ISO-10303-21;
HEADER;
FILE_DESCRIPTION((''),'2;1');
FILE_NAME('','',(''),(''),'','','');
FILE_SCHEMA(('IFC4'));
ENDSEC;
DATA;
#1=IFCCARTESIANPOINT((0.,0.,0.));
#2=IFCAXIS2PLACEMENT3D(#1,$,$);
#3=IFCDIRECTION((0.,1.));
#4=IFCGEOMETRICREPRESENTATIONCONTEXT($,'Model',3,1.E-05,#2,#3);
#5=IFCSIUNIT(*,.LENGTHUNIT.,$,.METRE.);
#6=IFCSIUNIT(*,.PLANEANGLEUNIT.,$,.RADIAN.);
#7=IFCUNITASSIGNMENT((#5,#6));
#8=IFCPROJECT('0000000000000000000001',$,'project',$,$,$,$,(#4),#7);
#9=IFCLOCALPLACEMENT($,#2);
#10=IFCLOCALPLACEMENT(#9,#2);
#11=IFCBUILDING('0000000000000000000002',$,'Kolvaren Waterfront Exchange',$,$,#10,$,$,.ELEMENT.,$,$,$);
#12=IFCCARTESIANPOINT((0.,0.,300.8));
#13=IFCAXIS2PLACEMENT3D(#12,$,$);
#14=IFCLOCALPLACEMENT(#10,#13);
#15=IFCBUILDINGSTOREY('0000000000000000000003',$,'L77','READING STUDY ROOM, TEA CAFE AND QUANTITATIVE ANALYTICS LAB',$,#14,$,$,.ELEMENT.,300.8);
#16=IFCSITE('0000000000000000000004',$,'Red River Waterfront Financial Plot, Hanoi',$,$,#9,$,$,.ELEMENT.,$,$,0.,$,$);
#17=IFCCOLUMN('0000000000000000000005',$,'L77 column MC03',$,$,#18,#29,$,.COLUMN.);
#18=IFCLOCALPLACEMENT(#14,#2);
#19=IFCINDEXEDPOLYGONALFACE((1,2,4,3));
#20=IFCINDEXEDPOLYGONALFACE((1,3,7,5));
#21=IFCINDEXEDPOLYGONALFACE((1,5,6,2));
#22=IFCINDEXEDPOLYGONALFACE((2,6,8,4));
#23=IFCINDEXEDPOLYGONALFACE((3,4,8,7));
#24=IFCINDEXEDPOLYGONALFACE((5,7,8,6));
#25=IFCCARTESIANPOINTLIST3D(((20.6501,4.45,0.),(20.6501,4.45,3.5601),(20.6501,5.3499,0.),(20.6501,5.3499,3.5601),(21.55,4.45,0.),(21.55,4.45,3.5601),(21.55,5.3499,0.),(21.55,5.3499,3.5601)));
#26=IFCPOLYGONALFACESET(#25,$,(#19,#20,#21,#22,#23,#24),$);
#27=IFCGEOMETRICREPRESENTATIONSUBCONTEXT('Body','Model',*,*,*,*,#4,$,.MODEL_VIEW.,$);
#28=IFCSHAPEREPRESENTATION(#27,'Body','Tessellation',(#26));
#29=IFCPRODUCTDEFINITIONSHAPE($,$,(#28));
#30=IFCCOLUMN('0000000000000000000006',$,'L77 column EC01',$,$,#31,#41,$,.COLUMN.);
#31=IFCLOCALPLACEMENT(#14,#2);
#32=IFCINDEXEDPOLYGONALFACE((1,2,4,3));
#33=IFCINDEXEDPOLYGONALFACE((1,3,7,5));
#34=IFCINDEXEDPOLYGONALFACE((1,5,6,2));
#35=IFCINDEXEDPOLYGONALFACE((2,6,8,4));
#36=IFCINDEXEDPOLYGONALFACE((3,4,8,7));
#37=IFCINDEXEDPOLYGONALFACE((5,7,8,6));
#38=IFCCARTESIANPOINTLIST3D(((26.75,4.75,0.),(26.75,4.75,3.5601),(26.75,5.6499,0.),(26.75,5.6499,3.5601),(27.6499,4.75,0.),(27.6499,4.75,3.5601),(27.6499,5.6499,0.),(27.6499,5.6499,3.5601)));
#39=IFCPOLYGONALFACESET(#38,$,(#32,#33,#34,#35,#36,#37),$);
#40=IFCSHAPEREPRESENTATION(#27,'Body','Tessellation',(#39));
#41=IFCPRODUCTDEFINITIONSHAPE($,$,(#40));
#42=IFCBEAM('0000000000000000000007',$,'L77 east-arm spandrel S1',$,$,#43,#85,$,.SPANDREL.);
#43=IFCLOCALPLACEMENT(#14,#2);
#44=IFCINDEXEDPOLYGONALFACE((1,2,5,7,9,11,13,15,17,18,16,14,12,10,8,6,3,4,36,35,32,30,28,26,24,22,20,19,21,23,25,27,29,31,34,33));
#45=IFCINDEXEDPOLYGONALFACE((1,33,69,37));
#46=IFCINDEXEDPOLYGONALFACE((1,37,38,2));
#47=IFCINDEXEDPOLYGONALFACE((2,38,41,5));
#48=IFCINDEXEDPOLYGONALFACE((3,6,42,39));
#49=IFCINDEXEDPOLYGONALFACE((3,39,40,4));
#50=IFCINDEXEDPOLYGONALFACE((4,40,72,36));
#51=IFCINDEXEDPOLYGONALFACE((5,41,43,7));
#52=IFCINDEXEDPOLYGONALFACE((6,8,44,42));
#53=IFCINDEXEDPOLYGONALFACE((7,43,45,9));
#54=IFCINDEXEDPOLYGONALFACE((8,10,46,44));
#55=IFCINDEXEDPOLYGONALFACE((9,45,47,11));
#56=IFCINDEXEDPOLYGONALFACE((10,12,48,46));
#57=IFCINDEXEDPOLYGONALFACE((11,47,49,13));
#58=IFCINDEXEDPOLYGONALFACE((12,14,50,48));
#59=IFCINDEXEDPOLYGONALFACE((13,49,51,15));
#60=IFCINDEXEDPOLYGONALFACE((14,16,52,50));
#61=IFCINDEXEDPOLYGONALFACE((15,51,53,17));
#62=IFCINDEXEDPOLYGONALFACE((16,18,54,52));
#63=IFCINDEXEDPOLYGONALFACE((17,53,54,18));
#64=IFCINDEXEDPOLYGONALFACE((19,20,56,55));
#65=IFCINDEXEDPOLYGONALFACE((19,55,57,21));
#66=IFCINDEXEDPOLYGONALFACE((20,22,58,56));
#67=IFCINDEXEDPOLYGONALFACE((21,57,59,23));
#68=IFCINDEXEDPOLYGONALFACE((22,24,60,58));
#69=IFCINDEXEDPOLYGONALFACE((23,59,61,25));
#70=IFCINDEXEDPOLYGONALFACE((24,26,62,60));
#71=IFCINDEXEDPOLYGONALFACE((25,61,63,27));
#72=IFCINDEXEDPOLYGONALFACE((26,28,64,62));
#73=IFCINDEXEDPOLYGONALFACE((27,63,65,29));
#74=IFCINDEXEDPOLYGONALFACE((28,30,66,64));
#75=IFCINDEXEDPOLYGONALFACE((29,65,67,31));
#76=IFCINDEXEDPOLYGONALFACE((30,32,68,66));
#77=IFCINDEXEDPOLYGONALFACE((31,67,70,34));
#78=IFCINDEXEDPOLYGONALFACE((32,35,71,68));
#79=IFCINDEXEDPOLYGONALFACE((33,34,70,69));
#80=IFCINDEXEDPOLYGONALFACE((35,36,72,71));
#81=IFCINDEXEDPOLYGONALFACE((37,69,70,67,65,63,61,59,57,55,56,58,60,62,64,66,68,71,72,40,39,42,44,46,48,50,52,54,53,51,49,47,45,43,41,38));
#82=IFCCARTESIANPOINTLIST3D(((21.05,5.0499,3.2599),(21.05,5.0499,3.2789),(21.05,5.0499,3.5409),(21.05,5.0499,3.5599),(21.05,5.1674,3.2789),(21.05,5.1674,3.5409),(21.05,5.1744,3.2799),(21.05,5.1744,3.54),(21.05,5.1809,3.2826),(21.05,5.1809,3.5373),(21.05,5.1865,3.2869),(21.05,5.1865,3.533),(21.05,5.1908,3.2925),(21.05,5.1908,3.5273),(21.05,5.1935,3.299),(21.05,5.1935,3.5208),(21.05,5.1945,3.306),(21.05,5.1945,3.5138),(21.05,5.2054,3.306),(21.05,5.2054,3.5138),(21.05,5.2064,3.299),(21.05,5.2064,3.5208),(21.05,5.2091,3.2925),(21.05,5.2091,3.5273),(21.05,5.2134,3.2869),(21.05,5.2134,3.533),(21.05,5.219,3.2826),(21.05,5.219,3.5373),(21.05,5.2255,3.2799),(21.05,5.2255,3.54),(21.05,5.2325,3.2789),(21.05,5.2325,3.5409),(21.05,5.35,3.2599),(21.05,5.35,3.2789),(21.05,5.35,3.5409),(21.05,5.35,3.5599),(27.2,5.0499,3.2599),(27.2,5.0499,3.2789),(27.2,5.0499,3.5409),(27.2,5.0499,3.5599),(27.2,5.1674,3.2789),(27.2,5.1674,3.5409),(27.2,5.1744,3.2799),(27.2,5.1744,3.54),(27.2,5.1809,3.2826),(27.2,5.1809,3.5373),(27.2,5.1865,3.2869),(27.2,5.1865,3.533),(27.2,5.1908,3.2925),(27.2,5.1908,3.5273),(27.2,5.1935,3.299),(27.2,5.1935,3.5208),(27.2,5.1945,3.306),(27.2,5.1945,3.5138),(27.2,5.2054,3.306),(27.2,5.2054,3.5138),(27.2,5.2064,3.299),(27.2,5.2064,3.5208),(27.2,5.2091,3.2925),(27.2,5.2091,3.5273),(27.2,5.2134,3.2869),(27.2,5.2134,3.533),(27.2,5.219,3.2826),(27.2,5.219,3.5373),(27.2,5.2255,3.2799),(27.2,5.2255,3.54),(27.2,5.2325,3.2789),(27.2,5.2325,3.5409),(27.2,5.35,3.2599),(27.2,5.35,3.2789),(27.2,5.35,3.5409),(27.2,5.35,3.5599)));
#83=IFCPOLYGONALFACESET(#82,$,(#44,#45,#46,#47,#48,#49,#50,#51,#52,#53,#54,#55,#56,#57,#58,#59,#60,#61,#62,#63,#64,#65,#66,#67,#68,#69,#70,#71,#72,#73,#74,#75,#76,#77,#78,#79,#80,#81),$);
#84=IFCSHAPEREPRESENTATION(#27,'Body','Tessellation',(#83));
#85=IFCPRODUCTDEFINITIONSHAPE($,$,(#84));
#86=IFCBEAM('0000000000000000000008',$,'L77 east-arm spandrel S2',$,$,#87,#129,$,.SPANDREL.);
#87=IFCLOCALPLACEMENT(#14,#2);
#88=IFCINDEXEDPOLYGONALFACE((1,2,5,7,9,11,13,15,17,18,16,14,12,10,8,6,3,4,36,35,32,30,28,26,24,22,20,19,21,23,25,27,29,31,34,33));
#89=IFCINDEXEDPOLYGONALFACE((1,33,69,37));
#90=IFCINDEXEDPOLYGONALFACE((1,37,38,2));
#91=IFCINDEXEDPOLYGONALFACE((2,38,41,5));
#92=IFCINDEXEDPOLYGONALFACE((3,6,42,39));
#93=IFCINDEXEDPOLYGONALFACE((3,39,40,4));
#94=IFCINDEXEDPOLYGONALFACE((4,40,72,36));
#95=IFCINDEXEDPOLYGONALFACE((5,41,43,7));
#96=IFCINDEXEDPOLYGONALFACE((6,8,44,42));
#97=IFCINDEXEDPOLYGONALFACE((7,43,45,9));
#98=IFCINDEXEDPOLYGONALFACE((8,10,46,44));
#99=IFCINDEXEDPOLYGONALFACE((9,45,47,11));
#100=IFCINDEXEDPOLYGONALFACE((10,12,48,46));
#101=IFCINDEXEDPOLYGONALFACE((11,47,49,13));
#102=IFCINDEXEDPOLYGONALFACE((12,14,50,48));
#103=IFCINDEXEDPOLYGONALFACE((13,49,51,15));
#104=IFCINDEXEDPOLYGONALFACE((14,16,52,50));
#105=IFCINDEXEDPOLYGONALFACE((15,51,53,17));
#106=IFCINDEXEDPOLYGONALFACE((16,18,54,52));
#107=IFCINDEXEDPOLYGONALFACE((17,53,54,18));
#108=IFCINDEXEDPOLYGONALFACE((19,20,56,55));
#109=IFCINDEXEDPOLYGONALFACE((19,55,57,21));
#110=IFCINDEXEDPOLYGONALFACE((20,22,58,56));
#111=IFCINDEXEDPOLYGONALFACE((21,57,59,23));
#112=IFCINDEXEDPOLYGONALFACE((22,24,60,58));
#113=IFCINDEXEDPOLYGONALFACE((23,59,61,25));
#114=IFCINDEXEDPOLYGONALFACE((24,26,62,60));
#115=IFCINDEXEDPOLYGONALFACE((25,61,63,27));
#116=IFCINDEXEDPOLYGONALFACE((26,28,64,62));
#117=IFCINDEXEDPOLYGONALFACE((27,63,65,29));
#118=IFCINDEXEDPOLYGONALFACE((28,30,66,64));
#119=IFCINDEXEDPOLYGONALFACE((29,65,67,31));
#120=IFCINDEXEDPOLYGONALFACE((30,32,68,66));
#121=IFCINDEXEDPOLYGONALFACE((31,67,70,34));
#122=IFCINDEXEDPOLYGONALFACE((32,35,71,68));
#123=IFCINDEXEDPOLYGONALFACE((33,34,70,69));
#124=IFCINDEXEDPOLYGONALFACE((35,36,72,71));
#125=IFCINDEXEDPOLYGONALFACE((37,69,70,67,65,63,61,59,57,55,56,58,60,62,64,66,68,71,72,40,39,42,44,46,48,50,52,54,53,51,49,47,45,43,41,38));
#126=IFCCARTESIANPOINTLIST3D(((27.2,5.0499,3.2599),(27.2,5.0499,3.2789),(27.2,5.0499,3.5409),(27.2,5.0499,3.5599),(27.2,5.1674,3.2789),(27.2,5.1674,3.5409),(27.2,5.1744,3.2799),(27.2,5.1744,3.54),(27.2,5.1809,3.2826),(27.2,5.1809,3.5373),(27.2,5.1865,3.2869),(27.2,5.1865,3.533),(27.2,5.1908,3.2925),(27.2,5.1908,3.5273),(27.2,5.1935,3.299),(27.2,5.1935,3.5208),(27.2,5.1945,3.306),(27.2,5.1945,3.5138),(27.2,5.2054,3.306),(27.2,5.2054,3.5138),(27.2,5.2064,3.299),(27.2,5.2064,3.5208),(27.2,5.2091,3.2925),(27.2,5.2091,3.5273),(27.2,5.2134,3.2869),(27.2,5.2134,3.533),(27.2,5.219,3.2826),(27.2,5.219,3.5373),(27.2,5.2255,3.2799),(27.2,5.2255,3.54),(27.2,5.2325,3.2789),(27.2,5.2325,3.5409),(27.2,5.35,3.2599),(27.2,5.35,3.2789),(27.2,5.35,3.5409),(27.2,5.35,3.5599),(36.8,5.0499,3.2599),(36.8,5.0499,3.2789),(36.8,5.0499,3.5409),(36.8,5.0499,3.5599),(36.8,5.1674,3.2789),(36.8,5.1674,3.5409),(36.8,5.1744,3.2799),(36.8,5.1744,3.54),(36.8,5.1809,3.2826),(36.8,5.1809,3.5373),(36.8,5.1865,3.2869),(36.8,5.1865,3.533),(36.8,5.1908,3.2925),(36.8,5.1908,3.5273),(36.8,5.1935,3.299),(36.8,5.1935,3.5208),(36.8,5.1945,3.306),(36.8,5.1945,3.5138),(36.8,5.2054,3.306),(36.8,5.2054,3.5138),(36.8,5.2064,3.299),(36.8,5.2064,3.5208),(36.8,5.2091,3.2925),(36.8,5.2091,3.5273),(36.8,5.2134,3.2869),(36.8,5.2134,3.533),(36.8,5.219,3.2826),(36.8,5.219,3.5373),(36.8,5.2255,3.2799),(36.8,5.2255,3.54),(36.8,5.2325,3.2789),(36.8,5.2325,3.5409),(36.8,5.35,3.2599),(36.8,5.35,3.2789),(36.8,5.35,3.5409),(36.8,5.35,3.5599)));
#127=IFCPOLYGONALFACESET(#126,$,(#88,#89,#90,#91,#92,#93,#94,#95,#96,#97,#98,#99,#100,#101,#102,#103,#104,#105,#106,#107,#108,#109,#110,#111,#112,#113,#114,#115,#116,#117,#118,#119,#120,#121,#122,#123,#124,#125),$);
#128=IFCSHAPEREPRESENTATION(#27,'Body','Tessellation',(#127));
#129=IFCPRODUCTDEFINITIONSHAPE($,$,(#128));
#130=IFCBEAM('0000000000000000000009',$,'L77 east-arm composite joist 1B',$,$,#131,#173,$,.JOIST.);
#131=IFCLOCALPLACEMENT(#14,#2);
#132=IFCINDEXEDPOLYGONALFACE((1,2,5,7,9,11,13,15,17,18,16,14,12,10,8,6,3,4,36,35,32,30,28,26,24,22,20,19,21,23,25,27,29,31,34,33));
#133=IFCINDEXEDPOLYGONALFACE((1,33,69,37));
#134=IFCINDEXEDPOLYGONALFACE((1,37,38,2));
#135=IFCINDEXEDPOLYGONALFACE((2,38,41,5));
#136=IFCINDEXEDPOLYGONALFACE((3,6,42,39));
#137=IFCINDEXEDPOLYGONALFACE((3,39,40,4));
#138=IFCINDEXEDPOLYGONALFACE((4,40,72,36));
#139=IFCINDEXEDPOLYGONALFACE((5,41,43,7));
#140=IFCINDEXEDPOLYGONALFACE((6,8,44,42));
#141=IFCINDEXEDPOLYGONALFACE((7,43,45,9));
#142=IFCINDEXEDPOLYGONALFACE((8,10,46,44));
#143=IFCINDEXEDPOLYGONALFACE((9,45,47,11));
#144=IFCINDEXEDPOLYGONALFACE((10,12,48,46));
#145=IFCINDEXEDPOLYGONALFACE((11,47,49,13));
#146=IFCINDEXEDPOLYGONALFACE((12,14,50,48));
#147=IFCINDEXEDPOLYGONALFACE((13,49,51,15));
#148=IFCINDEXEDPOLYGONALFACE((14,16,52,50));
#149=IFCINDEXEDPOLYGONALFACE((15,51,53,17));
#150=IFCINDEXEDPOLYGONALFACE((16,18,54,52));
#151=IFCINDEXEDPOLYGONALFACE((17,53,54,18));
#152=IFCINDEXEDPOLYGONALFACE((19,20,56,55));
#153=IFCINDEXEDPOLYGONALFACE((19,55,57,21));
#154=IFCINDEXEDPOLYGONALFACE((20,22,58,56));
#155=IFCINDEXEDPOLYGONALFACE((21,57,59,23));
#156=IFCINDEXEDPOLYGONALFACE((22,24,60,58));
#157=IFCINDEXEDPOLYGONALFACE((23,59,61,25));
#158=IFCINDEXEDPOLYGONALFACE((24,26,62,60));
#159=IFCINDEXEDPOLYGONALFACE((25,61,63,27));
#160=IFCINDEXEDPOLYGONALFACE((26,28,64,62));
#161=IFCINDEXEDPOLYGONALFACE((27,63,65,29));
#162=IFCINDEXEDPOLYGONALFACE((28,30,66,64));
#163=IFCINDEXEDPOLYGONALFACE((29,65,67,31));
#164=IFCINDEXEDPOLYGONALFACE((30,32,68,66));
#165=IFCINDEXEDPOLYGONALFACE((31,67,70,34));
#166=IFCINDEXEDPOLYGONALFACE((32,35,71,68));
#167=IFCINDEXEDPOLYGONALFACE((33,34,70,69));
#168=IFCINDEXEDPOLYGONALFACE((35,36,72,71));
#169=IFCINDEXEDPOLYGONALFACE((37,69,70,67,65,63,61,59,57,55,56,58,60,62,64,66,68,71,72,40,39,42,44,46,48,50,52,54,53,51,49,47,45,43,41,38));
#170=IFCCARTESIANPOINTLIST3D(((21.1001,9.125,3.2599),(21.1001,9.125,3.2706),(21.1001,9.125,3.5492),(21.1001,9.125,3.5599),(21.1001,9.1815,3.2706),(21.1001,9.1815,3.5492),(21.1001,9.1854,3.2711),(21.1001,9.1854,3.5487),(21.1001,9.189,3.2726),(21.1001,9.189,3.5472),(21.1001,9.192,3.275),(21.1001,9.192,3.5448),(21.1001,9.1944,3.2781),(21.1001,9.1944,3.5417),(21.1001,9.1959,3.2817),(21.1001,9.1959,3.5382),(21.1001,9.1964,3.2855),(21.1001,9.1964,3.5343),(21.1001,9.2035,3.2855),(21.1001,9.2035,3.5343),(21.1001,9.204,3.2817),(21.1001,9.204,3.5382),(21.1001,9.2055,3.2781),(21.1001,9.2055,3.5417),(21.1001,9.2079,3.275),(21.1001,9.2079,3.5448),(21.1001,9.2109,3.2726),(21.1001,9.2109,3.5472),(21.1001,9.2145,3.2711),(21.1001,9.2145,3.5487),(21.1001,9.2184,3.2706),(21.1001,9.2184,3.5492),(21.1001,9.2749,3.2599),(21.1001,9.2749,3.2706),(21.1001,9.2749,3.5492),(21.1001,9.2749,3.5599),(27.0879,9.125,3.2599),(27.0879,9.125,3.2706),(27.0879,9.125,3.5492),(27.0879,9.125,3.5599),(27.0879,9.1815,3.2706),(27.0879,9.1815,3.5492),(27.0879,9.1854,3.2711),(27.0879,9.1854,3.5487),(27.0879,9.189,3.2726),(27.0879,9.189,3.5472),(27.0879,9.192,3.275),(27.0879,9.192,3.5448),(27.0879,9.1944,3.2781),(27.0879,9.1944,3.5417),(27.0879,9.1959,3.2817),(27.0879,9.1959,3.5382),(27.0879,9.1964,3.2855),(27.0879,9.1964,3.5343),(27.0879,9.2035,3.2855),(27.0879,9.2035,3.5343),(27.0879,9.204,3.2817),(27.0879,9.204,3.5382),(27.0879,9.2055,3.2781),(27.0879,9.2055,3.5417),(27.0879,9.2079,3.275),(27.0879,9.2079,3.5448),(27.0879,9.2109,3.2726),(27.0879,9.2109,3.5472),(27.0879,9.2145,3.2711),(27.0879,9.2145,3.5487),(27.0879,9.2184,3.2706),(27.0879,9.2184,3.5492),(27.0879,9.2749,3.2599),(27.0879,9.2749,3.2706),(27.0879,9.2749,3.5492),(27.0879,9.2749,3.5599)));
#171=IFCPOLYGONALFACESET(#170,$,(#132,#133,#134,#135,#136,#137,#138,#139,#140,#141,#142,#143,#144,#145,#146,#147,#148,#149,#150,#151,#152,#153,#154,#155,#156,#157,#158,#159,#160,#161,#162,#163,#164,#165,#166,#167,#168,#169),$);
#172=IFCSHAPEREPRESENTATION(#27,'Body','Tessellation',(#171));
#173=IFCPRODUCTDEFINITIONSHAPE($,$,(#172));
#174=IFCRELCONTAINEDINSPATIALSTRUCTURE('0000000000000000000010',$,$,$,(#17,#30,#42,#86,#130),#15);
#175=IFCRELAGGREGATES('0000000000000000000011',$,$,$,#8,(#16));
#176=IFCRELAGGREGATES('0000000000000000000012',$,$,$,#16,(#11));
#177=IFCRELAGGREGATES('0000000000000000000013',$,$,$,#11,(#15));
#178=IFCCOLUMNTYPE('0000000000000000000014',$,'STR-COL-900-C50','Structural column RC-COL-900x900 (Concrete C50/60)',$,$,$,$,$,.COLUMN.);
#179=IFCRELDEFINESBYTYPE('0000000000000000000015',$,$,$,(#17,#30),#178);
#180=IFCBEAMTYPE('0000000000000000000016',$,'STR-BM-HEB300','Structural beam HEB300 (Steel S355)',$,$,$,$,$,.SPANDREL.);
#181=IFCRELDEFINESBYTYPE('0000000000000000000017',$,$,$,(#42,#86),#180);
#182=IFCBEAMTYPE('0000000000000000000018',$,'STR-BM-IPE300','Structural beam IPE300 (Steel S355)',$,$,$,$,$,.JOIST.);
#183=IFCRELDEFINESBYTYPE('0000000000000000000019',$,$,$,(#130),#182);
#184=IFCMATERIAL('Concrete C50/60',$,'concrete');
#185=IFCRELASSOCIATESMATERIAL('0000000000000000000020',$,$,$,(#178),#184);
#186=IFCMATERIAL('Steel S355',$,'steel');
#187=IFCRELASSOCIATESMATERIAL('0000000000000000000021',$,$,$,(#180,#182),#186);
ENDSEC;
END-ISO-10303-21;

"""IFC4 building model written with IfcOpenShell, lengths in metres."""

from ifc_helpers import new_model, si_unit, direction, frame, origin, origin_2d, place, context, subcontext, project, spatial, rectangle, i_section, extrude, material, material_profile, profile_set, type_object, element, save


model = new_model("IFC4")

# Units and contexts
model_context = context("Model", 3, precision=1e-05, world=origin(), true_north=direction((0.0, 1.0)))
body_context = subcontext(model_context, "Body", "Model", "MODEL_VIEW")
ifc_project = project(units=[si_unit("LENGTHUNIT", "METRE"), si_unit("PLANEANGLEUNIT", "RADIAN")], contexts=[model_context])

# Site, building, storey
site_placement = place(None, origin())
site = spatial("IfcSite", under=ifc_project, at=site_placement, Name="Red River Waterfront Financial Plot, Hanoi", CompositionType="ELEMENT", RefElevation=0.0)
building_placement = place(site_placement, origin())
building = spatial("IfcBuilding", under=site, at=building_placement, Name="Kolvaren Waterfront Exchange", CompositionType="ELEMENT")
storey_placement = place(building_placement, frame((0.0, 0.0, 300.8)))
storey = spatial("IfcBuildingStorey", under=building, at=storey_placement, Name="L77", Description="READING STUDY ROOM, TEA CAFE AND QUANTITATIVE ANALYTICS LAB", CompositionType="ELEMENT", Elevation=300.8)

# Columns
ifc_material_1 = material(Name="Concrete C50/60", Category="concrete")
ifc_material_profile_1 = material_profile(ifc_material_1, rectangle(XDim=0.8999, YDim=0.8999, at=origin_2d()), Name="RC-COL-900x900")
ifc_profile_set_1 = profile_set([ifc_material_profile_1], Name="Concrete C50/60")
column_type = type_object("IfcColumnType", Name="STR-COL-900-C50", Description="Structural column RC-COL-900x900 (Concrete C50/60)", PredefinedType="COLUMN", material=ifc_profile_set_1)
for number, where, z_axis, x_axis, name in (
    (1, (21.1001, 4.8999, 0.0), (0.0, 0.0, 1.0), (1.0, 0.0, 0.0), "L77 column MC03"),
    (2, (27.2, 5.2, 0.0), (0.0, 0.0, 1.0), (1.0, 0.0, 0.0), "L77 column EC01"),
):
    element("IfcColumn", number, at=place(storey_placement, frame(where, z_axis=z_axis, x_axis=x_axis)), inside=storey, type_object=column_type, Name=name, PredefinedType="COLUMN", context=body_context, shape_type="SweptSolid", body=[
        extrude(rectangle(XDim=0.8999, YDim=0.8999, at=origin_2d()), origin(), (0.0, 0.0, 1.0), 3.5601),
    ])

# Beams
ifc_material_2 = material(Name="Steel S355", Category="steel")
ifc_material_profile_2 = material_profile(ifc_material_2, i_section(OverallWidth=0.3, OverallDepth=0.3, WebThickness=0.011, FlangeThickness=0.019, FilletRadius=0.0271, at=origin_2d()), Name="HEB300")
ifc_profile_set_2 = profile_set([ifc_material_profile_2], Name="Steel S355")
beam_type_1 = type_object("IfcBeamType", Name="STR-BM-HEB300", Description="Structural beam HEB300 (Steel S355)", PredefinedType="SPANDREL", material=ifc_profile_set_2)
beam_1_placement = place(storey_placement, frame((21.05, 5.2, 3.4099), z_axis=(1.0, 0.0, 0.0), x_axis=(0.0, 1.0, 0.0)))
element("IfcBeam", 3, at=beam_1_placement, inside=storey, type_object=beam_type_1, Name="L77 east-arm spandrel S1", PredefinedType="SPANDREL", context=body_context, shape_type="SweptSolid", body=[
    extrude(i_section(OverallWidth=0.3, OverallDepth=0.3, WebThickness=0.011, FlangeThickness=0.019, FilletRadius=0.0271, at=origin_2d()), origin(), (0.0, 0.0, 1.0), 6.1499),
])
beam_2_placement = place(storey_placement, frame((27.2, 5.2, 3.4099), z_axis=(1.0, 0.0, 0.0), x_axis=(0.0, 1.0, 0.0)))
element("IfcBeam", 4, at=beam_2_placement, inside=storey, type_object=beam_type_1, Name="L77 east-arm spandrel S2", PredefinedType="SPANDREL", context=body_context, shape_type="SweptSolid", body=[
    extrude(i_section(OverallWidth=0.3, OverallDepth=0.3, WebThickness=0.011, FlangeThickness=0.019, FilletRadius=0.0271, at=origin_2d()), origin(), (0.0, 0.0, 1.0), 9.6001),
])
ifc_material_profile_3 = material_profile(ifc_material_2, i_section(OverallWidth=0.1499, OverallDepth=0.3, WebThickness=0.0071, FlangeThickness=0.0107, FilletRadius=0.0149, at=origin_2d()), Name="IPE300")
ifc_profile_set_3 = profile_set([ifc_material_profile_3], Name="Steel S355")
beam_type_2 = type_object("IfcBeamType", Name="STR-BM-IPE300", Description="Structural beam IPE300 (Steel S355)", PredefinedType="JOIST", material=ifc_profile_set_3)
beam_3_placement = place(storey_placement, frame((21.1001, 9.2, 3.4099), z_axis=(1.0, 0.0, 0.0), x_axis=(0.0, 1.0, 0.0)))
element("IfcBeam", 5, at=beam_3_placement, inside=storey, type_object=beam_type_2, Name="L77 east-arm composite joist 1B", PredefinedType="JOIST", context=body_context, shape_type="SweptSolid", body=[
    extrude(i_section(OverallWidth=0.1499, OverallDepth=0.3, WebThickness=0.0071, FlangeThickness=0.0107, FilletRadius=0.0149, at=origin_2d()), origin(), (0.0, 0.0, 1.0), 5.9878),
])

save(model, "model.ifc")
